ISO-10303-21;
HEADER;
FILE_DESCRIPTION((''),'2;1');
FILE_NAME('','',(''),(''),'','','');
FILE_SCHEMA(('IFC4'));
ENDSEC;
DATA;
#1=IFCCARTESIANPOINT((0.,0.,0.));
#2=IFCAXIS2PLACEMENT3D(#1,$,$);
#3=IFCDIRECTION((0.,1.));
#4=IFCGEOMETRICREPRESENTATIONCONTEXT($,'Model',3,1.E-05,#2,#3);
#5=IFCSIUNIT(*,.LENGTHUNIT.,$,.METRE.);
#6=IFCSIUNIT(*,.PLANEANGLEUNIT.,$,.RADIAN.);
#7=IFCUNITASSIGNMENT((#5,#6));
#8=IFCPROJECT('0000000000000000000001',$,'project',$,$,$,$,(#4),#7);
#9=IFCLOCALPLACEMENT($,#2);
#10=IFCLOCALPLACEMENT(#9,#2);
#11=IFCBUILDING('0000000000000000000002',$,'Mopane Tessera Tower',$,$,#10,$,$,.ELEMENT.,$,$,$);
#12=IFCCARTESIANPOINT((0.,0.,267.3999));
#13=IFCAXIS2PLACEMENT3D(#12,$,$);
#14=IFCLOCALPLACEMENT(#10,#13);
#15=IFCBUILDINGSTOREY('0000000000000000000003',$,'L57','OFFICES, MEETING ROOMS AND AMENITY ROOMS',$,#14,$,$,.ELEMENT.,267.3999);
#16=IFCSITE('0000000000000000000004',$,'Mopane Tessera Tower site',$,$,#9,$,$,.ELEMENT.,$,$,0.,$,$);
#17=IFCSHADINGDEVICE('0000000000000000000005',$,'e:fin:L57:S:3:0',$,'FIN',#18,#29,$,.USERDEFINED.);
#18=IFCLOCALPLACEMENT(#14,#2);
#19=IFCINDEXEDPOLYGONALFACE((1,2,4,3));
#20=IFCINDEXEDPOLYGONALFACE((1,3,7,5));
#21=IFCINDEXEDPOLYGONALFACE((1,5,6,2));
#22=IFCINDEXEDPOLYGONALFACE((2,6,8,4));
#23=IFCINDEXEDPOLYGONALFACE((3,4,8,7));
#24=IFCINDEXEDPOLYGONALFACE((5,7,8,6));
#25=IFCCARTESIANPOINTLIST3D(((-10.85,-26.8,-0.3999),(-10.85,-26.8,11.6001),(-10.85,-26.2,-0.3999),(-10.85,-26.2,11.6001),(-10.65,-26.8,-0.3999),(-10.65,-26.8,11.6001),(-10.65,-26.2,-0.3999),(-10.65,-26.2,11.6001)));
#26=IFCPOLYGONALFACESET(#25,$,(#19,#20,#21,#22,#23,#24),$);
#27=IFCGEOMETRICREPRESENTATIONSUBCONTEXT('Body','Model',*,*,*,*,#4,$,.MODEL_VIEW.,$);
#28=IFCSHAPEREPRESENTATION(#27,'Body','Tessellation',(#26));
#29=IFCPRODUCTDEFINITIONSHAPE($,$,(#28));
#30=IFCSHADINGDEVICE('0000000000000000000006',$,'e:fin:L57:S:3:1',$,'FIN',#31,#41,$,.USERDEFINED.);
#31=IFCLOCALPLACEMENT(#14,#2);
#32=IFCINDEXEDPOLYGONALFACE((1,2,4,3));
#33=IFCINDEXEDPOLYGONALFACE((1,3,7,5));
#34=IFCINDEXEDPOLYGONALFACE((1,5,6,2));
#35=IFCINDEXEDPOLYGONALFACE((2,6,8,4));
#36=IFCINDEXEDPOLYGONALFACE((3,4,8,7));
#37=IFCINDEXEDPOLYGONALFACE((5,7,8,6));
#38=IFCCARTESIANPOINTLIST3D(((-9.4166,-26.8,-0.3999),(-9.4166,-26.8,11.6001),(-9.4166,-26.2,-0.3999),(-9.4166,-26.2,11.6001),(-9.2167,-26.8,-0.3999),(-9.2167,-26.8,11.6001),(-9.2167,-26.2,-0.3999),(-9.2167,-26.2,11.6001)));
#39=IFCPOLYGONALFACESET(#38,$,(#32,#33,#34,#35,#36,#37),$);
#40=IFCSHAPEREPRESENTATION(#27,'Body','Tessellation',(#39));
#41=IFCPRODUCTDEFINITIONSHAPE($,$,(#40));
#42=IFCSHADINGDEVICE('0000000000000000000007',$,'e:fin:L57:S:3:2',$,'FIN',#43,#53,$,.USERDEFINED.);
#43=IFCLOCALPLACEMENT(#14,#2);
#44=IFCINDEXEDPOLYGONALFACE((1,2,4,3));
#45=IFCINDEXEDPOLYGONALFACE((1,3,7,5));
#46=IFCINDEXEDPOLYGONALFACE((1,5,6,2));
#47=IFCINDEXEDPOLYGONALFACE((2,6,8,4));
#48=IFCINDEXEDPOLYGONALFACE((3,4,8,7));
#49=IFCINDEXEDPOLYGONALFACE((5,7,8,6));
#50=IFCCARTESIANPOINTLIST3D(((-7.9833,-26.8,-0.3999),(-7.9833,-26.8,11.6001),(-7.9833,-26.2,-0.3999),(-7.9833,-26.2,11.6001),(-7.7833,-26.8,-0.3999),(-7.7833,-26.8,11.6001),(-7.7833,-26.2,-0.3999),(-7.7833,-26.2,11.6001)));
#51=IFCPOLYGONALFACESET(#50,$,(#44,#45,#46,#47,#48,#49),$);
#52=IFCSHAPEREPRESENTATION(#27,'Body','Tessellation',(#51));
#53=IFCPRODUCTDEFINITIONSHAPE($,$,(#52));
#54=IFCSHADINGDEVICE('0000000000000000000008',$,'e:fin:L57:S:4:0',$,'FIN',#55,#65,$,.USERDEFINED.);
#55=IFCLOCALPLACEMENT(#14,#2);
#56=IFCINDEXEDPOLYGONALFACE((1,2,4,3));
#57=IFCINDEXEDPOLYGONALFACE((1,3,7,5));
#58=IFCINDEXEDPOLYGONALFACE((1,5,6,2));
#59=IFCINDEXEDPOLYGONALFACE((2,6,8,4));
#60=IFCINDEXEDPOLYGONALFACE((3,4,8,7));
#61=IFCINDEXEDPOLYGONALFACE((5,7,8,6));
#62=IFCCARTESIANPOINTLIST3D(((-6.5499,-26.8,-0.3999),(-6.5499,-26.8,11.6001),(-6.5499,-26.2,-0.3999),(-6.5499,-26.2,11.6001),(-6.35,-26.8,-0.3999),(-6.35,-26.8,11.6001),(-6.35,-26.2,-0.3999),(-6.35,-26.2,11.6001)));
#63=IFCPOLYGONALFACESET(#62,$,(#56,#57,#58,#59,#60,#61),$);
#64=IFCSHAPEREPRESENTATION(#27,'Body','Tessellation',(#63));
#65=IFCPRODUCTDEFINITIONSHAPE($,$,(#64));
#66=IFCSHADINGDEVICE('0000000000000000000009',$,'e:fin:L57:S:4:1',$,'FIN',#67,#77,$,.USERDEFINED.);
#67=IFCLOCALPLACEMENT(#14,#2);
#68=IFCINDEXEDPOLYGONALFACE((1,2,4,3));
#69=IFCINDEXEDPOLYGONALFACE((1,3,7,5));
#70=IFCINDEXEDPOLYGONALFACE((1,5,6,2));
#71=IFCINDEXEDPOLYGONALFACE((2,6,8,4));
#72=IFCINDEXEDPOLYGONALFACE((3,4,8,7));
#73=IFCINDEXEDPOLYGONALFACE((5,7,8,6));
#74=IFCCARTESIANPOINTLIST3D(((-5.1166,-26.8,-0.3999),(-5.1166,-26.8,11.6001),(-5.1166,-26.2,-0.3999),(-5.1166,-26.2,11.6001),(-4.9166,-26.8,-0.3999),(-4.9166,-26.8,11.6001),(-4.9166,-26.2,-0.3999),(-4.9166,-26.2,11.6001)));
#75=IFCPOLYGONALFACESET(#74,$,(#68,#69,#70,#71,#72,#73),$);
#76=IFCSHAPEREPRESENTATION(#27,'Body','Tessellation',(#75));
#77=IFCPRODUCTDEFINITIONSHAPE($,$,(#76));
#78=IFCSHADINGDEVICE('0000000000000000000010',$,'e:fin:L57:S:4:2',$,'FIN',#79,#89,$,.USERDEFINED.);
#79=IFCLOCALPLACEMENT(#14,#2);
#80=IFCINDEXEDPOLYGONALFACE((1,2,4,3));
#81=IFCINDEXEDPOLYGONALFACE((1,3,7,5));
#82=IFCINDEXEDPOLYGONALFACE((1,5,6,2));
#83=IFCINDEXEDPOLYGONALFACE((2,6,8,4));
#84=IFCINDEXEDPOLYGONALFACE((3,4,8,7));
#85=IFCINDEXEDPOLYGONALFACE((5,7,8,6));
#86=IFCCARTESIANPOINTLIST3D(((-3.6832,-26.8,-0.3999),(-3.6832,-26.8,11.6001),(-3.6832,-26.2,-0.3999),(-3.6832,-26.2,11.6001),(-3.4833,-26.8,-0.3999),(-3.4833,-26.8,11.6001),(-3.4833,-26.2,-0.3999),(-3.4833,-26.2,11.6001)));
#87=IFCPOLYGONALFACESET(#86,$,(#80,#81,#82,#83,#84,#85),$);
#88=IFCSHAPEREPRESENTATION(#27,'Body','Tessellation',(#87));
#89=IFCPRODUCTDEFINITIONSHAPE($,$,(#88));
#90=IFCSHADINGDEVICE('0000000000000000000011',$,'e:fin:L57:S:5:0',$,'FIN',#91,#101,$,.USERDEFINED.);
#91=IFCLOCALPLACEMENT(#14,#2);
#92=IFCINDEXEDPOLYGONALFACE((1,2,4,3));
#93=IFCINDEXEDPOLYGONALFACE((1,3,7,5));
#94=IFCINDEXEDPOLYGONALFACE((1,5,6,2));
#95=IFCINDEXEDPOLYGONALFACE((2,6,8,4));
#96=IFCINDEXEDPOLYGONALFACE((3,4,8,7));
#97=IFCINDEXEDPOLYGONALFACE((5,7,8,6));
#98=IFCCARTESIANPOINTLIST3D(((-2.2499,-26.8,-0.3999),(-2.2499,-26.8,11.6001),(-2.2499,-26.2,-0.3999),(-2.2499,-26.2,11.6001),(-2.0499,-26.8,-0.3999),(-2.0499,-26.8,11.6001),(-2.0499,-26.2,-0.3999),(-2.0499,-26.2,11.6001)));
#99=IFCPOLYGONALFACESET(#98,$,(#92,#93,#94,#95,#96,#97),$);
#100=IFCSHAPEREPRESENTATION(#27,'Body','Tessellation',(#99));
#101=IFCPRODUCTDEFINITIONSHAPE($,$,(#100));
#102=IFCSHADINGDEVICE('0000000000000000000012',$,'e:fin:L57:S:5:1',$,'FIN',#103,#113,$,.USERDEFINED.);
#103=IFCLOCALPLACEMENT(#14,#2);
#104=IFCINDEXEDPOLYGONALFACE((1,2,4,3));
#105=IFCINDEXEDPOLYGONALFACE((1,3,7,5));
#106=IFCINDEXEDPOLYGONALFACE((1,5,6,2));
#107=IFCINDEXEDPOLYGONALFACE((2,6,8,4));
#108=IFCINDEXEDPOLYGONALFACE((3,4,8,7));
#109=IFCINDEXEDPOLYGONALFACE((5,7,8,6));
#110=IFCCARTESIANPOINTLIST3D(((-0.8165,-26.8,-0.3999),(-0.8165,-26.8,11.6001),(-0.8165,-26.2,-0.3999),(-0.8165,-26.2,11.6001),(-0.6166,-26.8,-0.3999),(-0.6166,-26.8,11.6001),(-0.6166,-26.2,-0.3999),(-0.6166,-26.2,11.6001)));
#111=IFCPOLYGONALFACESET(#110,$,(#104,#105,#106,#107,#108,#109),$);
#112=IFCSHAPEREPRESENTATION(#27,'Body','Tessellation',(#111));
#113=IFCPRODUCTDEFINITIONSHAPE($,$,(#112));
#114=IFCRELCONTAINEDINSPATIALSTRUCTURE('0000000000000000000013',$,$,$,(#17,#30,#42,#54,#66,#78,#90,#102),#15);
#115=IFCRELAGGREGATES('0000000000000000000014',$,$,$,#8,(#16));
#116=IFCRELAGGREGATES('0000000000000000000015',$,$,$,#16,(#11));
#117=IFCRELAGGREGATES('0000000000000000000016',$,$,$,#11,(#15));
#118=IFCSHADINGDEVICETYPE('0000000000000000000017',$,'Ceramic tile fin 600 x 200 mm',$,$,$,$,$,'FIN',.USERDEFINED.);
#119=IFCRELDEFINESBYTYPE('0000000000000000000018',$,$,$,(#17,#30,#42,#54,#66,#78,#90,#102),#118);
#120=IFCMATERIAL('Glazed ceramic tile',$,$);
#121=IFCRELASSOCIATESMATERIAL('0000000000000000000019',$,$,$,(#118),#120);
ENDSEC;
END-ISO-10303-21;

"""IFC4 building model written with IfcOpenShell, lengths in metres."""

from ifc_helpers import new_model, si_unit, direction, frame, origin, origin_2d, place, context, subcontext, project, spatial, rectangle, extrude, material, type_object, element, save


model = new_model("IFC4")

# Units and contexts
model_context = context("Model", 3, precision=1e-05, world=origin(), true_north=direction((0.0, 1.0)))
body_context = subcontext(model_context, "Body", "Model", "MODEL_VIEW")
ifc_project = project(units=[si_unit("LENGTHUNIT", "METRE"), si_unit("PLANEANGLEUNIT", "RADIAN")], contexts=[model_context])

# Site, building, storey
site_placement = place(None, origin())
site = spatial("IfcSite", under=ifc_project, at=site_placement, Name="Mopane Tessera Tower site", CompositionType="ELEMENT", RefElevation=0.0)
building_placement = place(site_placement, origin())
building = spatial("IfcBuilding", under=site, at=building_placement, Name="Mopane Tessera Tower", CompositionType="ELEMENT")
storey_placement = place(building_placement, frame((0.0, 0.0, 267.3999)))
storey = spatial("IfcBuildingStorey", under=building, at=storey_placement, Name="L57", Description="OFFICES, MEETING ROOMS AND AMENITY ROOMS", CompositionType="ELEMENT", Elevation=267.3999)

# Shading devices
ifc_material_1 = material(Name="Glazed ceramic tile")
shading_device_type = type_object("IfcShadingDeviceType", Name="Ceramic tile fin 600 x 200 mm", ElementType="FIN", PredefinedType="USERDEFINED", material=ifc_material_1)
for number, where, z_axis, x_axis, name in (
    (1, (-10.75, -26.5, -0.3999), (0.0, 0.0, 1.0), (1.0, 0.0, 0.0), "e:fin:L57:S:3:0"),
    (2, (-9.3167, -26.5, -0.3999), (0.0, 0.0, 1.0), (1.0, 0.0, 0.0), "e:fin:L57:S:3:1"),
    (3, (-7.8833, -26.5, -0.3999), (0.0, 0.0, 1.0), (1.0, 0.0, 0.0), "e:fin:L57:S:3:2"),
    (4, (-6.45, -26.5, -0.3999), (0.0, 0.0, 1.0), (1.0, 0.0, 0.0), "e:fin:L57:S:4:0"),
    (5, (-5.0166, -26.5, -0.3999), (0.0, 0.0, 1.0), (1.0, 0.0, 0.0), "e:fin:L57:S:4:1"),
    (6, (-3.5833, -26.5, -0.3999), (0.0, 0.0, 1.0), (1.0, 0.0, 0.0), "e:fin:L57:S:4:2"),
    (7, (-2.1499, -26.5, -0.3999), (0.0, 0.0, 1.0), (1.0, 0.0, 0.0), "e:fin:L57:S:5:0"),
    (8, (-0.7166, -26.5, -0.3999), (0.0, 0.0, 1.0), (1.0, 0.0, 0.0), "e:fin:L57:S:5:1"),
):
    element("IfcShadingDevice", number, at=place(storey_placement, frame(where, z_axis=z_axis, x_axis=x_axis)), inside=storey, type_object=shading_device_type, Name=name, ObjectType="FIN", PredefinedType="USERDEFINED", context=body_context, shape_type="SweptSolid", body=[
        extrude(rectangle(XDim=0.2, YDim=0.6001, at=origin_2d()), origin(), (0.0, 0.0, 1.0), 12.0),
    ])

save(model, "model.ifc")
